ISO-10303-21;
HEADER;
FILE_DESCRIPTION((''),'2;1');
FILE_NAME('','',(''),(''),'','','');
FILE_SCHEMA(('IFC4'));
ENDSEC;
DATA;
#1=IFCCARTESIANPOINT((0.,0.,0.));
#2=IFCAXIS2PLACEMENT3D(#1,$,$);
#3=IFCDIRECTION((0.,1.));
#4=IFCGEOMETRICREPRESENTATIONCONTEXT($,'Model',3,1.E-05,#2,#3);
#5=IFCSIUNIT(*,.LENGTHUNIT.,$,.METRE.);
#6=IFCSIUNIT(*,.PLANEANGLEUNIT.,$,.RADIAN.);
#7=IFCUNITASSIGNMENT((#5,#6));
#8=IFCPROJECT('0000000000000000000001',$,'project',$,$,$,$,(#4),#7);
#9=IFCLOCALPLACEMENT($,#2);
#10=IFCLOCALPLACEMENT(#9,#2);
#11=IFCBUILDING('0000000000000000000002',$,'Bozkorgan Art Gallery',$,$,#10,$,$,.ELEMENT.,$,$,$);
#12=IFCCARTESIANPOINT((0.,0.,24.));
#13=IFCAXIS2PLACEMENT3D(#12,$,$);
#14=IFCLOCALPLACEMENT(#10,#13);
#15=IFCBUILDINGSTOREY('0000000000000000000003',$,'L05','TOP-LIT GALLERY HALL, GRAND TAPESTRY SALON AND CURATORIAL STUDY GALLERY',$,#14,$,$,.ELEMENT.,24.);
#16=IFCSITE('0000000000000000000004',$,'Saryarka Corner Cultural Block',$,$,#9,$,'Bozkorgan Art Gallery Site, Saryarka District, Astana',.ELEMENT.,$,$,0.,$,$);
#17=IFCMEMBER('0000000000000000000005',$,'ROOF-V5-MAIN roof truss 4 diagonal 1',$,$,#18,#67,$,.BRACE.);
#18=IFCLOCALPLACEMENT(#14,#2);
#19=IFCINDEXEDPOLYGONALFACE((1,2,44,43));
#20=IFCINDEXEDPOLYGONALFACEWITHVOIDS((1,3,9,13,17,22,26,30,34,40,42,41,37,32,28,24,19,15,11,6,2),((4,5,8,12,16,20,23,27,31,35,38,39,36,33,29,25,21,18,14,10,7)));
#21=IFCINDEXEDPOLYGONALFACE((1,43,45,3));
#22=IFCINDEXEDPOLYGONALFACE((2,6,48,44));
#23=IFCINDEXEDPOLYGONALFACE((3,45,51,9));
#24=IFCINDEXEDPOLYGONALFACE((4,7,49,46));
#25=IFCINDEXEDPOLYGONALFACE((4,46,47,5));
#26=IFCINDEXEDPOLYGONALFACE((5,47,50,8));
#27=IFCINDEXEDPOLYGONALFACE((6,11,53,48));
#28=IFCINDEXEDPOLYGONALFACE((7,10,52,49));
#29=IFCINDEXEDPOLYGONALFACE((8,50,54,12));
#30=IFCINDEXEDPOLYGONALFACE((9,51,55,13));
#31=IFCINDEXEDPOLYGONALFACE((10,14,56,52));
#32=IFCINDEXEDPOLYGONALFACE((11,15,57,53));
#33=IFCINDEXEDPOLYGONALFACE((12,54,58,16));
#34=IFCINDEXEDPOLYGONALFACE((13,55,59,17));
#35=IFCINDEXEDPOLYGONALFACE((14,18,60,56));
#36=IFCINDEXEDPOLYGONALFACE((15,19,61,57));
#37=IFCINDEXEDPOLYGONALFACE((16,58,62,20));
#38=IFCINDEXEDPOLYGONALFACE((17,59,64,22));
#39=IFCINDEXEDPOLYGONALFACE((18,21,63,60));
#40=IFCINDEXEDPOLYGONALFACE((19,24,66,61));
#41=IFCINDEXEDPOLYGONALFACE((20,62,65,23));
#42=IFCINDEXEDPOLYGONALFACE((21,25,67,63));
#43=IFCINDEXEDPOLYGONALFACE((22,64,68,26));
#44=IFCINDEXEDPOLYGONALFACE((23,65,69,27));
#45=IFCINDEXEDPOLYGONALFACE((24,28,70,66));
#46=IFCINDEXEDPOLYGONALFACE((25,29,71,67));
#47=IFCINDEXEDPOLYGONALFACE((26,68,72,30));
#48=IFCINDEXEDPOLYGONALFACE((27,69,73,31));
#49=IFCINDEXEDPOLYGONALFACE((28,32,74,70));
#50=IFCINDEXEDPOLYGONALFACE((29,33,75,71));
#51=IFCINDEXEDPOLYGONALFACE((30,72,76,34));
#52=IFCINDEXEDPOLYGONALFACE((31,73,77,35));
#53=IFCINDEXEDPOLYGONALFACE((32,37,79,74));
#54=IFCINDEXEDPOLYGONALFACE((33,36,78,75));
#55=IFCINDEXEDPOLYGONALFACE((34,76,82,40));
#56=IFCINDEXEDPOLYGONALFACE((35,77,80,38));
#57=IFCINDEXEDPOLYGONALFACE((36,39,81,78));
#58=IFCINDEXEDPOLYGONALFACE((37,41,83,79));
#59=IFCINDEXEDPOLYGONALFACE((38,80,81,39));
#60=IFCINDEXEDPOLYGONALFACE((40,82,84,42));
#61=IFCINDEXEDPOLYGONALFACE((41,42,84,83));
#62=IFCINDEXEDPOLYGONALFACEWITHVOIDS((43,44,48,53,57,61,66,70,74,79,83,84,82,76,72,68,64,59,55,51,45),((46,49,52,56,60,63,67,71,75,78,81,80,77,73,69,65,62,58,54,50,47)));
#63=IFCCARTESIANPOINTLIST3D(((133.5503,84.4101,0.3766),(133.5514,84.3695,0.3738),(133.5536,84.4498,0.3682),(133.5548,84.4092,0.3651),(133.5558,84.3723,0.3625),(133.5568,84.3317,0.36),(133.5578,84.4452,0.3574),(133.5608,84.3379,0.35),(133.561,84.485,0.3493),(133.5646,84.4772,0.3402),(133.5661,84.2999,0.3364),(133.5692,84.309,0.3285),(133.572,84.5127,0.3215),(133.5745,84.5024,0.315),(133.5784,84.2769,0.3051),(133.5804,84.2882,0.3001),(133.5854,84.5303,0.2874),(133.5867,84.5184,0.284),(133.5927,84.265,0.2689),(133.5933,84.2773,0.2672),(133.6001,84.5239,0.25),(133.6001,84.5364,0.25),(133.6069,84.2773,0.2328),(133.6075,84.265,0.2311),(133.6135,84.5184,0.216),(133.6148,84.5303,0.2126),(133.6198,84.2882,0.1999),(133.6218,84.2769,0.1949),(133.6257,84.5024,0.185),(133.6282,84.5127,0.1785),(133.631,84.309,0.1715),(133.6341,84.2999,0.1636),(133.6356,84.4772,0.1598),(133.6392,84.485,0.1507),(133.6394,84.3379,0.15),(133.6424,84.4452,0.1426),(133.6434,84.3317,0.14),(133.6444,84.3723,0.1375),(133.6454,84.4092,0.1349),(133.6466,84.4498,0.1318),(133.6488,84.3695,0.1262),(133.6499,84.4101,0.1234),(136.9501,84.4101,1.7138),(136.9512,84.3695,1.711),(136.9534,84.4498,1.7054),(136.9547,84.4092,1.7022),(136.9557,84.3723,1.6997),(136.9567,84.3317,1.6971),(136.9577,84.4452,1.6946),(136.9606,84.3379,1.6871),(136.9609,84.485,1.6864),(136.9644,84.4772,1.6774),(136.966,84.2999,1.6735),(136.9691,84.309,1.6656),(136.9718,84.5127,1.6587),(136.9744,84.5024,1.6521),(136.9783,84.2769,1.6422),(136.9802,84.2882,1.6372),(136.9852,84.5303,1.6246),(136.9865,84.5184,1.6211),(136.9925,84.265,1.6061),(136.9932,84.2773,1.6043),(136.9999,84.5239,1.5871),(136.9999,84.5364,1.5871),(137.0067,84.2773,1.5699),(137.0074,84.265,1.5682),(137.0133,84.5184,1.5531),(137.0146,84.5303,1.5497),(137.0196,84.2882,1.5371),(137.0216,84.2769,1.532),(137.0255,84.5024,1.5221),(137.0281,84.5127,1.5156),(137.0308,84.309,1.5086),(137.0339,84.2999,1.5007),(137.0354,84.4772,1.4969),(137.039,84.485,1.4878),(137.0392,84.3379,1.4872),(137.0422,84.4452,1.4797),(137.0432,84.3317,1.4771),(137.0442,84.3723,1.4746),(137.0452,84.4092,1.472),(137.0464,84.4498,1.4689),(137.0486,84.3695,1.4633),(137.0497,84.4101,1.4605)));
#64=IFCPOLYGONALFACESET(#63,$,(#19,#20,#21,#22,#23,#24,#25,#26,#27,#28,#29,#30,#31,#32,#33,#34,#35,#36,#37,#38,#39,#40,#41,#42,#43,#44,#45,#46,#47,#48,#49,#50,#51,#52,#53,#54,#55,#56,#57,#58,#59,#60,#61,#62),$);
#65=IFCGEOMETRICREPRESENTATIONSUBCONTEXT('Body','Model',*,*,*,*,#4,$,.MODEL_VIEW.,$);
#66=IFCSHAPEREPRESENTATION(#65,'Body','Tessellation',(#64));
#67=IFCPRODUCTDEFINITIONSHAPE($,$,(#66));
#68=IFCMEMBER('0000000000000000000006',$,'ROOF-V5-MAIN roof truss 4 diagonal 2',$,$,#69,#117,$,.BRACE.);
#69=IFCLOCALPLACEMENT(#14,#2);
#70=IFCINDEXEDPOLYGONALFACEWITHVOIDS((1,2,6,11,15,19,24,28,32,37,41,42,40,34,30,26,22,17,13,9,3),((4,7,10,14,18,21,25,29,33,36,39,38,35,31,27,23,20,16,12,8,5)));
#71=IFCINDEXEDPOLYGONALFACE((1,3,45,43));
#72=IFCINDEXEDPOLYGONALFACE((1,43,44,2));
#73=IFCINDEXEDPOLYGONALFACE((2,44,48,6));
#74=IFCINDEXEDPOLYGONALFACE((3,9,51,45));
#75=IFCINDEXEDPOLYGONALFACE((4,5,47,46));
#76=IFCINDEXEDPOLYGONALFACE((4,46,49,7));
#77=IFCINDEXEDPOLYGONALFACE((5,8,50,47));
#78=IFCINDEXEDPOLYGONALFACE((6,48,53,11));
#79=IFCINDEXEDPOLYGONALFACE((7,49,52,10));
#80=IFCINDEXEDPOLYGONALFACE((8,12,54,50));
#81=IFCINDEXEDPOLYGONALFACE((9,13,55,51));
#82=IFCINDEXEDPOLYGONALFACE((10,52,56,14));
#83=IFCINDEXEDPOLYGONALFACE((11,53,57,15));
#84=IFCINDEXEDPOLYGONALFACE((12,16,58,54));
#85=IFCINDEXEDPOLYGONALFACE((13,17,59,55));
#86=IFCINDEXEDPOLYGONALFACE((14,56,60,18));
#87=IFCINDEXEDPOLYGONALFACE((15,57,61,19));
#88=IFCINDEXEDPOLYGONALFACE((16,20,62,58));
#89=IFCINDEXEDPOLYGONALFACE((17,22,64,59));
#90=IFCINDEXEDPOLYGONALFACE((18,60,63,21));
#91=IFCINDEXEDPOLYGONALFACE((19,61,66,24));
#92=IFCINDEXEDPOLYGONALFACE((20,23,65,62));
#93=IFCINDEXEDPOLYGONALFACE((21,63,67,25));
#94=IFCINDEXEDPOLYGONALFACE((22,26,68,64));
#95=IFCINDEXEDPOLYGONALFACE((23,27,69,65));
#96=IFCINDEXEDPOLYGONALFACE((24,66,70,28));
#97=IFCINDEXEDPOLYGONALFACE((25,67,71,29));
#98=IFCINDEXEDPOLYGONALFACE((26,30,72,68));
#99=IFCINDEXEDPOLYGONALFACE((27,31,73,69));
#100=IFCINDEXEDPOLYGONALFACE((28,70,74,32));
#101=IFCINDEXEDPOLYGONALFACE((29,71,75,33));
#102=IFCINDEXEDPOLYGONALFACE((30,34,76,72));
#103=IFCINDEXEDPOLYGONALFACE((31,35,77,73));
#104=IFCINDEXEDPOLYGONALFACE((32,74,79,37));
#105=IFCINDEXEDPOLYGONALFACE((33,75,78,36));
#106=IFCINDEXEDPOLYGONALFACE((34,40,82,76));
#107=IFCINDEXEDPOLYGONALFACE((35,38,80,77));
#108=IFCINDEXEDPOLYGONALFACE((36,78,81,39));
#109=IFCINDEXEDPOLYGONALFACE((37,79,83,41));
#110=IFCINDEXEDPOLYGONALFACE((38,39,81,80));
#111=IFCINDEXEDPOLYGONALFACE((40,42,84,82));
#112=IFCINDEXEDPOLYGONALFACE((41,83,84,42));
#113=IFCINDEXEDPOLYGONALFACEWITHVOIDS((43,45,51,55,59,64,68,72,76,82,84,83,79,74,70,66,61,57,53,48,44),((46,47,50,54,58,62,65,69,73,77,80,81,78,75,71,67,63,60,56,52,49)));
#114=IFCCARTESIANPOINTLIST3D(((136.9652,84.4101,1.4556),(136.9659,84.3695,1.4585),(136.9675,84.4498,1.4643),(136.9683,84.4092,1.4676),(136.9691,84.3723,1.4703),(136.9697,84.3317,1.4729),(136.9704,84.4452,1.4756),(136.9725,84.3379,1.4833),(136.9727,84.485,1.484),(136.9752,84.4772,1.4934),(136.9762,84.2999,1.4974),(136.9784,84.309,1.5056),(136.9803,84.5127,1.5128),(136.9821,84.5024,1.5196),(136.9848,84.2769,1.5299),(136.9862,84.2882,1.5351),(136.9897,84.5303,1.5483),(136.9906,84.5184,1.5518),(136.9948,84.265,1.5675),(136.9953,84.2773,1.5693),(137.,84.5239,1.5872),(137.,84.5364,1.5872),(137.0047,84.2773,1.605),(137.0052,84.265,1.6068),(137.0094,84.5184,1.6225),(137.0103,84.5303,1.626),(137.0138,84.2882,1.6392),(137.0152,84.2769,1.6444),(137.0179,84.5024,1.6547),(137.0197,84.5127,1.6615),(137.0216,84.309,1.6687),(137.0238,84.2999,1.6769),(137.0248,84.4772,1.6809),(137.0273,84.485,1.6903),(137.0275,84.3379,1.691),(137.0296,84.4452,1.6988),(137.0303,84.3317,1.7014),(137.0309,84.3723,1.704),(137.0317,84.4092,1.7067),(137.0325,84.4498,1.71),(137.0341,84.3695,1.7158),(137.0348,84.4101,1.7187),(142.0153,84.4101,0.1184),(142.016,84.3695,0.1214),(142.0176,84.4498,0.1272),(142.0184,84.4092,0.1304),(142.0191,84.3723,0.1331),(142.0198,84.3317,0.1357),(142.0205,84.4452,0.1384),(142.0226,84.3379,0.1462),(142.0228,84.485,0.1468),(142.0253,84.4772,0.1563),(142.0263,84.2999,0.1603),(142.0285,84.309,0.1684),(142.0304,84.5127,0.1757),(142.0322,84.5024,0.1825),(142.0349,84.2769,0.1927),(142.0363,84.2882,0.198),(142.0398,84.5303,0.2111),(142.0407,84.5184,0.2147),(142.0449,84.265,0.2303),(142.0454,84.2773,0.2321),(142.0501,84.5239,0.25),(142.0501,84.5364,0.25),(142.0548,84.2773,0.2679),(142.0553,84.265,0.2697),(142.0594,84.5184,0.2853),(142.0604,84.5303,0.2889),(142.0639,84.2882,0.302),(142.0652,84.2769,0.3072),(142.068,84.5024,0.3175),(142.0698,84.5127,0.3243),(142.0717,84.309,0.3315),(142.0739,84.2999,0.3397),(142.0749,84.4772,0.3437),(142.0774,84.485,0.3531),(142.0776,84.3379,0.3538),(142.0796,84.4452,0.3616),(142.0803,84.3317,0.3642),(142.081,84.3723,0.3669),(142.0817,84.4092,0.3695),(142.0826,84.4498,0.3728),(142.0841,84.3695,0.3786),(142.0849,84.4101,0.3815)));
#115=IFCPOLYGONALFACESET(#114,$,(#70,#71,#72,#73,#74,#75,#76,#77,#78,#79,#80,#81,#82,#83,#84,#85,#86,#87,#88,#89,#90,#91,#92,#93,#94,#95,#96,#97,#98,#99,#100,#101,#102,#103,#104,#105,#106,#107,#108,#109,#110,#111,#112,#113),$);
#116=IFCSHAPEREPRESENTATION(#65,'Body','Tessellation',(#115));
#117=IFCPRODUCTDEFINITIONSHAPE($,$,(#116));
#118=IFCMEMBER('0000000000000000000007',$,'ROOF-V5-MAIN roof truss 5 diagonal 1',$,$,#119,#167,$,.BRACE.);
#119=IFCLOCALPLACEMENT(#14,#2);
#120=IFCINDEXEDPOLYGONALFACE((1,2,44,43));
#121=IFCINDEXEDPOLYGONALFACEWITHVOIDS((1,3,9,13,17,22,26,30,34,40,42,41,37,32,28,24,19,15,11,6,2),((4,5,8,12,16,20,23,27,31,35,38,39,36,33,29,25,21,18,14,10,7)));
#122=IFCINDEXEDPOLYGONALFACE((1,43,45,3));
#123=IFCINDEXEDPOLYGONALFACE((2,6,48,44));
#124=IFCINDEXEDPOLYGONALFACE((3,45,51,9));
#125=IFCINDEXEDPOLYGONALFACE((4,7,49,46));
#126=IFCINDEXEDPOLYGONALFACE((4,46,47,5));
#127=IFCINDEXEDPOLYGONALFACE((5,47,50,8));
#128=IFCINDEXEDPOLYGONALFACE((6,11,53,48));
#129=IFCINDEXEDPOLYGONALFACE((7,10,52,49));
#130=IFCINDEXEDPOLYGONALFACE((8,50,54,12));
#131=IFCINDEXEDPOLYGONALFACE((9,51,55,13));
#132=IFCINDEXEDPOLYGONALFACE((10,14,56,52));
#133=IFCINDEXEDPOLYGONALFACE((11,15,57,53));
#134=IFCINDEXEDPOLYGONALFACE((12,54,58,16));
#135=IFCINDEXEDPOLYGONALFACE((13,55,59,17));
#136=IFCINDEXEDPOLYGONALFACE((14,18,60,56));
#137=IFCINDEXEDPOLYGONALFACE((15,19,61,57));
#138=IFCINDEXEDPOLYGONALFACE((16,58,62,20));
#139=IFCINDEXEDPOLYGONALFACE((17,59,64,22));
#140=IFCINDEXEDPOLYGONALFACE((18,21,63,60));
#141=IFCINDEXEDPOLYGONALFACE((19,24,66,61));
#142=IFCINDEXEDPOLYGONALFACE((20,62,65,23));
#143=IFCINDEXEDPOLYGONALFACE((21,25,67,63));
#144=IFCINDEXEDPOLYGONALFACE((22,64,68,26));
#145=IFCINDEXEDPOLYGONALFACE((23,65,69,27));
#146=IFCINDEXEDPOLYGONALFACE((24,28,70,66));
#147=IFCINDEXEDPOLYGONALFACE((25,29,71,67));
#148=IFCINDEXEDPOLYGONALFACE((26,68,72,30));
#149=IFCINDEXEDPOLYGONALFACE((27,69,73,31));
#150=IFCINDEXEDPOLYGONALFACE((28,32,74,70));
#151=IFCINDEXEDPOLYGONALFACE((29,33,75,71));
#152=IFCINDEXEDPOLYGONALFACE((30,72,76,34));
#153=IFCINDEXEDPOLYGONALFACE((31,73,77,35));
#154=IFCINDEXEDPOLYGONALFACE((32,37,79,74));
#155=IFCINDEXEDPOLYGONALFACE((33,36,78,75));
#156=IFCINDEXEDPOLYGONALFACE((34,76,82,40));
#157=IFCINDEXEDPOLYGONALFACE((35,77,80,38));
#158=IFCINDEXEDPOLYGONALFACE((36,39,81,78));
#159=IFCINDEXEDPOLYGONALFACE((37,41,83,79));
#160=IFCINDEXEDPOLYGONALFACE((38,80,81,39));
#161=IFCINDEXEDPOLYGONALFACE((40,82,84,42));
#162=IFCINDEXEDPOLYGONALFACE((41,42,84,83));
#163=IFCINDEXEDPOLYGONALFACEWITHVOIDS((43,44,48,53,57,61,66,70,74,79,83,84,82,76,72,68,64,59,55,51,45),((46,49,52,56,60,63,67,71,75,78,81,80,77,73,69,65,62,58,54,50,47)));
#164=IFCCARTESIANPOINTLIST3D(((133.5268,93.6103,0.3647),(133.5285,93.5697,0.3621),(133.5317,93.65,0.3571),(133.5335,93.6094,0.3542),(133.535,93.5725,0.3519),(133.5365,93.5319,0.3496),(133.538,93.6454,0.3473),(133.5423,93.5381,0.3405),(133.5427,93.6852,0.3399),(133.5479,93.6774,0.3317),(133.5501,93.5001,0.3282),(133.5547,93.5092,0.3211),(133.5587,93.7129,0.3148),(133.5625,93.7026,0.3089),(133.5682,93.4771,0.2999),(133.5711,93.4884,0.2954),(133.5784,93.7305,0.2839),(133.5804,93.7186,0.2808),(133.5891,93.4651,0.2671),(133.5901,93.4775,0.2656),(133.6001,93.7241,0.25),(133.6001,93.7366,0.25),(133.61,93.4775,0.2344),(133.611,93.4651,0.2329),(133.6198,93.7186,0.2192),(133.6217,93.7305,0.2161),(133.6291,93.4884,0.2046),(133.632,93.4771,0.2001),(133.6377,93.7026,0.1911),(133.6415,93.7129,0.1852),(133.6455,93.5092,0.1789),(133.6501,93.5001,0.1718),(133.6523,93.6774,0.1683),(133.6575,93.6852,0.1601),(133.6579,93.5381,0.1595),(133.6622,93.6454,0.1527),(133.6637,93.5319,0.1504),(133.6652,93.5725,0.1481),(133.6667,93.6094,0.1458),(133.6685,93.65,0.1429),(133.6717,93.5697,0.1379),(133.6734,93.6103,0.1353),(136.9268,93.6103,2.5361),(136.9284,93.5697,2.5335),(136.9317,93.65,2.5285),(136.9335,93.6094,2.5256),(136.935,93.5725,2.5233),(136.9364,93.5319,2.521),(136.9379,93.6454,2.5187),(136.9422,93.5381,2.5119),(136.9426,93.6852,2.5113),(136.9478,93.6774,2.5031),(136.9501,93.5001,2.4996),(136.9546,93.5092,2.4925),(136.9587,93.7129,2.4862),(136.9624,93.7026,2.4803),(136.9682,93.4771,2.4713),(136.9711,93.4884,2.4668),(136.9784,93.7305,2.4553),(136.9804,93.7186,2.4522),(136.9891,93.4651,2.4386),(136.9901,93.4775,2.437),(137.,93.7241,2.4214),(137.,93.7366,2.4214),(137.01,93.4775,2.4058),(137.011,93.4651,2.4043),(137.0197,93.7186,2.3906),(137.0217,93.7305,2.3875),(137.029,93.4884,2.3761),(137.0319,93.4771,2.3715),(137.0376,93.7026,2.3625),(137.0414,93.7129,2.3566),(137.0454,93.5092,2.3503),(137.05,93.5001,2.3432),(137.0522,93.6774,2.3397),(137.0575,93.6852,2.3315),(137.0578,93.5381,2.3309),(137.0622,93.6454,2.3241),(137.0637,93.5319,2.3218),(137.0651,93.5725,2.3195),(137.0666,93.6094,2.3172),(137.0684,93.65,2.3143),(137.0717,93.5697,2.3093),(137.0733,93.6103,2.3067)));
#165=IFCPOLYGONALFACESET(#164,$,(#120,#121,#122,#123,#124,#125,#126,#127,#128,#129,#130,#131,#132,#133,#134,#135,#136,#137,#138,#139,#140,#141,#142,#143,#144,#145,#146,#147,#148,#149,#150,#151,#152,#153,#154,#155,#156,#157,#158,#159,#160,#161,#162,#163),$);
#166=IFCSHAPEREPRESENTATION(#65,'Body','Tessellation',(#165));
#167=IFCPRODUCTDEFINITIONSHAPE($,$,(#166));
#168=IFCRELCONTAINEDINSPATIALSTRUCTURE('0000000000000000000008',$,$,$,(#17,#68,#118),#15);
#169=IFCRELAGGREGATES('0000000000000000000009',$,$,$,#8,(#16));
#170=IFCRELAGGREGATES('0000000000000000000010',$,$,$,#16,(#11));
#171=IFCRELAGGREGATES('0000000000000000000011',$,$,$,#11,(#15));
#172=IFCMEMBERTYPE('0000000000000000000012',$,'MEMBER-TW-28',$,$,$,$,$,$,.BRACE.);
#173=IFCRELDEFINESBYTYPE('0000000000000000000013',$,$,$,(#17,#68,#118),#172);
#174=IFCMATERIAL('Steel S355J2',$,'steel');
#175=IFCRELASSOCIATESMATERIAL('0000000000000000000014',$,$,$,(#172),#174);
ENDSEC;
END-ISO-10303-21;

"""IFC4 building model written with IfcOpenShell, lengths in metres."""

from ifc_helpers import new_model, si_unit, direction, frame, origin, origin_2d, place, context, subcontext, project, spatial, hollow_circle, extrude, material, material_profile, profile_set, type_object, element, save


model = new_model("IFC4")

# Units and contexts
model_context = context("Model", 3, precision=1e-05, world=origin(), true_north=direction((0.0, 1.0)))
body_context = subcontext(model_context, "Body", "Model", "MODEL_VIEW")
ifc_project = project(units=[si_unit("LENGTHUNIT", "METRE"), si_unit("PLANEANGLEUNIT", "RADIAN")], contexts=[model_context])

# Site, building, storey
site_placement = place(None, origin())
site = spatial("IfcSite", under=ifc_project, at=site_placement, Name="Saryarka Corner Cultural Block", LongName="Bozkorgan Art Gallery Site, Saryarka District, Astana", CompositionType="ELEMENT", RefElevation=0.0)
building_placement = place(site_placement, origin())
building = spatial("IfcBuilding", under=site, at=building_placement, Name="Bozkorgan Art Gallery", CompositionType="ELEMENT")
storey_placement = place(building_placement, frame((0.0, 0.0, 24.0)))
storey = spatial("IfcBuildingStorey", under=building, at=storey_placement, Name="L05", Description="TOP-LIT GALLERY HALL, GRAND TAPESTRY SALON AND CURATORIAL STUDY GALLERY", CompositionType="ELEMENT", Elevation=24.0)

# Members
ifc_material = material(Name="Steel S355J2", Category="steel")
ifc_material_profile_1 = material_profile(ifc_material, hollow_circle(Radius=0.1365, WallThickness=0.0125, at=origin_2d()), Name="CHS 273x12.5")
ifc_profile_set_1 = profile_set([ifc_material_profile_1], Name="Steel S355J2")
member_type_1 = type_object("IfcMemberType", Name="MEMBER-TW-28", PredefinedType="BRACE", material=ifc_profile_set_1)
member_1_placement = place(storey_placement, frame((133.6001, 84.3999, 0.25), z_axis=(0.930613, 0.0, 0.366004), x_axis=(0.0, 1.0, 0.0)))
element("IfcMember", 1, at=member_1_placement, inside=storey, type_object=member_type_1, Name="ROOF-V5-MAIN roof truss 4 diagonal 1", PredefinedType="BRACE", context=body_context, shape_type="SweptSolid", body=[
    extrude(hollow_circle(Radius=0.1365, WallThickness=0.0125, at=origin_2d()), origin(), (0.0, 0.0, 1.0), 3.6533),
])
member_2_placement = place(storey_placement, frame((137.0, 84.3999, 1.5872), z_axis=(0.966687, 0.0, -0.255961), x_axis=(0.0, 1.0, 0.0)))
element("IfcMember", 2, at=member_2_placement, inside=storey, type_object=member_type_1, Name="ROOF-V5-MAIN roof truss 4 diagonal 2", PredefinedType="BRACE", context=body_context, shape_type="SweptSolid", body=[
    extrude(hollow_circle(Radius=0.1365, WallThickness=0.0125, at=origin_2d()), origin(), (0.0, 0.0, 1.0), 5.2241),
])
member_3_placement = place(storey_placement, frame((133.6001, 93.6001, 0.25), z_axis=(0.842783, 0.0, 0.538253), x_axis=(0.0, 1.0, 0.0)))
element("IfcMember", 3, at=member_3_placement, inside=storey, type_object=member_type_1, Name="ROOF-V5-MAIN roof truss 5 diagonal 1", PredefinedType="BRACE", context=body_context, shape_type="SweptSolid", body=[
    extrude(hollow_circle(Radius=0.1365, WallThickness=0.0125, at=origin_2d()), origin(), (0.0, 0.0, 1.0), 4.0342),
])

save(model, "model.ifc")
